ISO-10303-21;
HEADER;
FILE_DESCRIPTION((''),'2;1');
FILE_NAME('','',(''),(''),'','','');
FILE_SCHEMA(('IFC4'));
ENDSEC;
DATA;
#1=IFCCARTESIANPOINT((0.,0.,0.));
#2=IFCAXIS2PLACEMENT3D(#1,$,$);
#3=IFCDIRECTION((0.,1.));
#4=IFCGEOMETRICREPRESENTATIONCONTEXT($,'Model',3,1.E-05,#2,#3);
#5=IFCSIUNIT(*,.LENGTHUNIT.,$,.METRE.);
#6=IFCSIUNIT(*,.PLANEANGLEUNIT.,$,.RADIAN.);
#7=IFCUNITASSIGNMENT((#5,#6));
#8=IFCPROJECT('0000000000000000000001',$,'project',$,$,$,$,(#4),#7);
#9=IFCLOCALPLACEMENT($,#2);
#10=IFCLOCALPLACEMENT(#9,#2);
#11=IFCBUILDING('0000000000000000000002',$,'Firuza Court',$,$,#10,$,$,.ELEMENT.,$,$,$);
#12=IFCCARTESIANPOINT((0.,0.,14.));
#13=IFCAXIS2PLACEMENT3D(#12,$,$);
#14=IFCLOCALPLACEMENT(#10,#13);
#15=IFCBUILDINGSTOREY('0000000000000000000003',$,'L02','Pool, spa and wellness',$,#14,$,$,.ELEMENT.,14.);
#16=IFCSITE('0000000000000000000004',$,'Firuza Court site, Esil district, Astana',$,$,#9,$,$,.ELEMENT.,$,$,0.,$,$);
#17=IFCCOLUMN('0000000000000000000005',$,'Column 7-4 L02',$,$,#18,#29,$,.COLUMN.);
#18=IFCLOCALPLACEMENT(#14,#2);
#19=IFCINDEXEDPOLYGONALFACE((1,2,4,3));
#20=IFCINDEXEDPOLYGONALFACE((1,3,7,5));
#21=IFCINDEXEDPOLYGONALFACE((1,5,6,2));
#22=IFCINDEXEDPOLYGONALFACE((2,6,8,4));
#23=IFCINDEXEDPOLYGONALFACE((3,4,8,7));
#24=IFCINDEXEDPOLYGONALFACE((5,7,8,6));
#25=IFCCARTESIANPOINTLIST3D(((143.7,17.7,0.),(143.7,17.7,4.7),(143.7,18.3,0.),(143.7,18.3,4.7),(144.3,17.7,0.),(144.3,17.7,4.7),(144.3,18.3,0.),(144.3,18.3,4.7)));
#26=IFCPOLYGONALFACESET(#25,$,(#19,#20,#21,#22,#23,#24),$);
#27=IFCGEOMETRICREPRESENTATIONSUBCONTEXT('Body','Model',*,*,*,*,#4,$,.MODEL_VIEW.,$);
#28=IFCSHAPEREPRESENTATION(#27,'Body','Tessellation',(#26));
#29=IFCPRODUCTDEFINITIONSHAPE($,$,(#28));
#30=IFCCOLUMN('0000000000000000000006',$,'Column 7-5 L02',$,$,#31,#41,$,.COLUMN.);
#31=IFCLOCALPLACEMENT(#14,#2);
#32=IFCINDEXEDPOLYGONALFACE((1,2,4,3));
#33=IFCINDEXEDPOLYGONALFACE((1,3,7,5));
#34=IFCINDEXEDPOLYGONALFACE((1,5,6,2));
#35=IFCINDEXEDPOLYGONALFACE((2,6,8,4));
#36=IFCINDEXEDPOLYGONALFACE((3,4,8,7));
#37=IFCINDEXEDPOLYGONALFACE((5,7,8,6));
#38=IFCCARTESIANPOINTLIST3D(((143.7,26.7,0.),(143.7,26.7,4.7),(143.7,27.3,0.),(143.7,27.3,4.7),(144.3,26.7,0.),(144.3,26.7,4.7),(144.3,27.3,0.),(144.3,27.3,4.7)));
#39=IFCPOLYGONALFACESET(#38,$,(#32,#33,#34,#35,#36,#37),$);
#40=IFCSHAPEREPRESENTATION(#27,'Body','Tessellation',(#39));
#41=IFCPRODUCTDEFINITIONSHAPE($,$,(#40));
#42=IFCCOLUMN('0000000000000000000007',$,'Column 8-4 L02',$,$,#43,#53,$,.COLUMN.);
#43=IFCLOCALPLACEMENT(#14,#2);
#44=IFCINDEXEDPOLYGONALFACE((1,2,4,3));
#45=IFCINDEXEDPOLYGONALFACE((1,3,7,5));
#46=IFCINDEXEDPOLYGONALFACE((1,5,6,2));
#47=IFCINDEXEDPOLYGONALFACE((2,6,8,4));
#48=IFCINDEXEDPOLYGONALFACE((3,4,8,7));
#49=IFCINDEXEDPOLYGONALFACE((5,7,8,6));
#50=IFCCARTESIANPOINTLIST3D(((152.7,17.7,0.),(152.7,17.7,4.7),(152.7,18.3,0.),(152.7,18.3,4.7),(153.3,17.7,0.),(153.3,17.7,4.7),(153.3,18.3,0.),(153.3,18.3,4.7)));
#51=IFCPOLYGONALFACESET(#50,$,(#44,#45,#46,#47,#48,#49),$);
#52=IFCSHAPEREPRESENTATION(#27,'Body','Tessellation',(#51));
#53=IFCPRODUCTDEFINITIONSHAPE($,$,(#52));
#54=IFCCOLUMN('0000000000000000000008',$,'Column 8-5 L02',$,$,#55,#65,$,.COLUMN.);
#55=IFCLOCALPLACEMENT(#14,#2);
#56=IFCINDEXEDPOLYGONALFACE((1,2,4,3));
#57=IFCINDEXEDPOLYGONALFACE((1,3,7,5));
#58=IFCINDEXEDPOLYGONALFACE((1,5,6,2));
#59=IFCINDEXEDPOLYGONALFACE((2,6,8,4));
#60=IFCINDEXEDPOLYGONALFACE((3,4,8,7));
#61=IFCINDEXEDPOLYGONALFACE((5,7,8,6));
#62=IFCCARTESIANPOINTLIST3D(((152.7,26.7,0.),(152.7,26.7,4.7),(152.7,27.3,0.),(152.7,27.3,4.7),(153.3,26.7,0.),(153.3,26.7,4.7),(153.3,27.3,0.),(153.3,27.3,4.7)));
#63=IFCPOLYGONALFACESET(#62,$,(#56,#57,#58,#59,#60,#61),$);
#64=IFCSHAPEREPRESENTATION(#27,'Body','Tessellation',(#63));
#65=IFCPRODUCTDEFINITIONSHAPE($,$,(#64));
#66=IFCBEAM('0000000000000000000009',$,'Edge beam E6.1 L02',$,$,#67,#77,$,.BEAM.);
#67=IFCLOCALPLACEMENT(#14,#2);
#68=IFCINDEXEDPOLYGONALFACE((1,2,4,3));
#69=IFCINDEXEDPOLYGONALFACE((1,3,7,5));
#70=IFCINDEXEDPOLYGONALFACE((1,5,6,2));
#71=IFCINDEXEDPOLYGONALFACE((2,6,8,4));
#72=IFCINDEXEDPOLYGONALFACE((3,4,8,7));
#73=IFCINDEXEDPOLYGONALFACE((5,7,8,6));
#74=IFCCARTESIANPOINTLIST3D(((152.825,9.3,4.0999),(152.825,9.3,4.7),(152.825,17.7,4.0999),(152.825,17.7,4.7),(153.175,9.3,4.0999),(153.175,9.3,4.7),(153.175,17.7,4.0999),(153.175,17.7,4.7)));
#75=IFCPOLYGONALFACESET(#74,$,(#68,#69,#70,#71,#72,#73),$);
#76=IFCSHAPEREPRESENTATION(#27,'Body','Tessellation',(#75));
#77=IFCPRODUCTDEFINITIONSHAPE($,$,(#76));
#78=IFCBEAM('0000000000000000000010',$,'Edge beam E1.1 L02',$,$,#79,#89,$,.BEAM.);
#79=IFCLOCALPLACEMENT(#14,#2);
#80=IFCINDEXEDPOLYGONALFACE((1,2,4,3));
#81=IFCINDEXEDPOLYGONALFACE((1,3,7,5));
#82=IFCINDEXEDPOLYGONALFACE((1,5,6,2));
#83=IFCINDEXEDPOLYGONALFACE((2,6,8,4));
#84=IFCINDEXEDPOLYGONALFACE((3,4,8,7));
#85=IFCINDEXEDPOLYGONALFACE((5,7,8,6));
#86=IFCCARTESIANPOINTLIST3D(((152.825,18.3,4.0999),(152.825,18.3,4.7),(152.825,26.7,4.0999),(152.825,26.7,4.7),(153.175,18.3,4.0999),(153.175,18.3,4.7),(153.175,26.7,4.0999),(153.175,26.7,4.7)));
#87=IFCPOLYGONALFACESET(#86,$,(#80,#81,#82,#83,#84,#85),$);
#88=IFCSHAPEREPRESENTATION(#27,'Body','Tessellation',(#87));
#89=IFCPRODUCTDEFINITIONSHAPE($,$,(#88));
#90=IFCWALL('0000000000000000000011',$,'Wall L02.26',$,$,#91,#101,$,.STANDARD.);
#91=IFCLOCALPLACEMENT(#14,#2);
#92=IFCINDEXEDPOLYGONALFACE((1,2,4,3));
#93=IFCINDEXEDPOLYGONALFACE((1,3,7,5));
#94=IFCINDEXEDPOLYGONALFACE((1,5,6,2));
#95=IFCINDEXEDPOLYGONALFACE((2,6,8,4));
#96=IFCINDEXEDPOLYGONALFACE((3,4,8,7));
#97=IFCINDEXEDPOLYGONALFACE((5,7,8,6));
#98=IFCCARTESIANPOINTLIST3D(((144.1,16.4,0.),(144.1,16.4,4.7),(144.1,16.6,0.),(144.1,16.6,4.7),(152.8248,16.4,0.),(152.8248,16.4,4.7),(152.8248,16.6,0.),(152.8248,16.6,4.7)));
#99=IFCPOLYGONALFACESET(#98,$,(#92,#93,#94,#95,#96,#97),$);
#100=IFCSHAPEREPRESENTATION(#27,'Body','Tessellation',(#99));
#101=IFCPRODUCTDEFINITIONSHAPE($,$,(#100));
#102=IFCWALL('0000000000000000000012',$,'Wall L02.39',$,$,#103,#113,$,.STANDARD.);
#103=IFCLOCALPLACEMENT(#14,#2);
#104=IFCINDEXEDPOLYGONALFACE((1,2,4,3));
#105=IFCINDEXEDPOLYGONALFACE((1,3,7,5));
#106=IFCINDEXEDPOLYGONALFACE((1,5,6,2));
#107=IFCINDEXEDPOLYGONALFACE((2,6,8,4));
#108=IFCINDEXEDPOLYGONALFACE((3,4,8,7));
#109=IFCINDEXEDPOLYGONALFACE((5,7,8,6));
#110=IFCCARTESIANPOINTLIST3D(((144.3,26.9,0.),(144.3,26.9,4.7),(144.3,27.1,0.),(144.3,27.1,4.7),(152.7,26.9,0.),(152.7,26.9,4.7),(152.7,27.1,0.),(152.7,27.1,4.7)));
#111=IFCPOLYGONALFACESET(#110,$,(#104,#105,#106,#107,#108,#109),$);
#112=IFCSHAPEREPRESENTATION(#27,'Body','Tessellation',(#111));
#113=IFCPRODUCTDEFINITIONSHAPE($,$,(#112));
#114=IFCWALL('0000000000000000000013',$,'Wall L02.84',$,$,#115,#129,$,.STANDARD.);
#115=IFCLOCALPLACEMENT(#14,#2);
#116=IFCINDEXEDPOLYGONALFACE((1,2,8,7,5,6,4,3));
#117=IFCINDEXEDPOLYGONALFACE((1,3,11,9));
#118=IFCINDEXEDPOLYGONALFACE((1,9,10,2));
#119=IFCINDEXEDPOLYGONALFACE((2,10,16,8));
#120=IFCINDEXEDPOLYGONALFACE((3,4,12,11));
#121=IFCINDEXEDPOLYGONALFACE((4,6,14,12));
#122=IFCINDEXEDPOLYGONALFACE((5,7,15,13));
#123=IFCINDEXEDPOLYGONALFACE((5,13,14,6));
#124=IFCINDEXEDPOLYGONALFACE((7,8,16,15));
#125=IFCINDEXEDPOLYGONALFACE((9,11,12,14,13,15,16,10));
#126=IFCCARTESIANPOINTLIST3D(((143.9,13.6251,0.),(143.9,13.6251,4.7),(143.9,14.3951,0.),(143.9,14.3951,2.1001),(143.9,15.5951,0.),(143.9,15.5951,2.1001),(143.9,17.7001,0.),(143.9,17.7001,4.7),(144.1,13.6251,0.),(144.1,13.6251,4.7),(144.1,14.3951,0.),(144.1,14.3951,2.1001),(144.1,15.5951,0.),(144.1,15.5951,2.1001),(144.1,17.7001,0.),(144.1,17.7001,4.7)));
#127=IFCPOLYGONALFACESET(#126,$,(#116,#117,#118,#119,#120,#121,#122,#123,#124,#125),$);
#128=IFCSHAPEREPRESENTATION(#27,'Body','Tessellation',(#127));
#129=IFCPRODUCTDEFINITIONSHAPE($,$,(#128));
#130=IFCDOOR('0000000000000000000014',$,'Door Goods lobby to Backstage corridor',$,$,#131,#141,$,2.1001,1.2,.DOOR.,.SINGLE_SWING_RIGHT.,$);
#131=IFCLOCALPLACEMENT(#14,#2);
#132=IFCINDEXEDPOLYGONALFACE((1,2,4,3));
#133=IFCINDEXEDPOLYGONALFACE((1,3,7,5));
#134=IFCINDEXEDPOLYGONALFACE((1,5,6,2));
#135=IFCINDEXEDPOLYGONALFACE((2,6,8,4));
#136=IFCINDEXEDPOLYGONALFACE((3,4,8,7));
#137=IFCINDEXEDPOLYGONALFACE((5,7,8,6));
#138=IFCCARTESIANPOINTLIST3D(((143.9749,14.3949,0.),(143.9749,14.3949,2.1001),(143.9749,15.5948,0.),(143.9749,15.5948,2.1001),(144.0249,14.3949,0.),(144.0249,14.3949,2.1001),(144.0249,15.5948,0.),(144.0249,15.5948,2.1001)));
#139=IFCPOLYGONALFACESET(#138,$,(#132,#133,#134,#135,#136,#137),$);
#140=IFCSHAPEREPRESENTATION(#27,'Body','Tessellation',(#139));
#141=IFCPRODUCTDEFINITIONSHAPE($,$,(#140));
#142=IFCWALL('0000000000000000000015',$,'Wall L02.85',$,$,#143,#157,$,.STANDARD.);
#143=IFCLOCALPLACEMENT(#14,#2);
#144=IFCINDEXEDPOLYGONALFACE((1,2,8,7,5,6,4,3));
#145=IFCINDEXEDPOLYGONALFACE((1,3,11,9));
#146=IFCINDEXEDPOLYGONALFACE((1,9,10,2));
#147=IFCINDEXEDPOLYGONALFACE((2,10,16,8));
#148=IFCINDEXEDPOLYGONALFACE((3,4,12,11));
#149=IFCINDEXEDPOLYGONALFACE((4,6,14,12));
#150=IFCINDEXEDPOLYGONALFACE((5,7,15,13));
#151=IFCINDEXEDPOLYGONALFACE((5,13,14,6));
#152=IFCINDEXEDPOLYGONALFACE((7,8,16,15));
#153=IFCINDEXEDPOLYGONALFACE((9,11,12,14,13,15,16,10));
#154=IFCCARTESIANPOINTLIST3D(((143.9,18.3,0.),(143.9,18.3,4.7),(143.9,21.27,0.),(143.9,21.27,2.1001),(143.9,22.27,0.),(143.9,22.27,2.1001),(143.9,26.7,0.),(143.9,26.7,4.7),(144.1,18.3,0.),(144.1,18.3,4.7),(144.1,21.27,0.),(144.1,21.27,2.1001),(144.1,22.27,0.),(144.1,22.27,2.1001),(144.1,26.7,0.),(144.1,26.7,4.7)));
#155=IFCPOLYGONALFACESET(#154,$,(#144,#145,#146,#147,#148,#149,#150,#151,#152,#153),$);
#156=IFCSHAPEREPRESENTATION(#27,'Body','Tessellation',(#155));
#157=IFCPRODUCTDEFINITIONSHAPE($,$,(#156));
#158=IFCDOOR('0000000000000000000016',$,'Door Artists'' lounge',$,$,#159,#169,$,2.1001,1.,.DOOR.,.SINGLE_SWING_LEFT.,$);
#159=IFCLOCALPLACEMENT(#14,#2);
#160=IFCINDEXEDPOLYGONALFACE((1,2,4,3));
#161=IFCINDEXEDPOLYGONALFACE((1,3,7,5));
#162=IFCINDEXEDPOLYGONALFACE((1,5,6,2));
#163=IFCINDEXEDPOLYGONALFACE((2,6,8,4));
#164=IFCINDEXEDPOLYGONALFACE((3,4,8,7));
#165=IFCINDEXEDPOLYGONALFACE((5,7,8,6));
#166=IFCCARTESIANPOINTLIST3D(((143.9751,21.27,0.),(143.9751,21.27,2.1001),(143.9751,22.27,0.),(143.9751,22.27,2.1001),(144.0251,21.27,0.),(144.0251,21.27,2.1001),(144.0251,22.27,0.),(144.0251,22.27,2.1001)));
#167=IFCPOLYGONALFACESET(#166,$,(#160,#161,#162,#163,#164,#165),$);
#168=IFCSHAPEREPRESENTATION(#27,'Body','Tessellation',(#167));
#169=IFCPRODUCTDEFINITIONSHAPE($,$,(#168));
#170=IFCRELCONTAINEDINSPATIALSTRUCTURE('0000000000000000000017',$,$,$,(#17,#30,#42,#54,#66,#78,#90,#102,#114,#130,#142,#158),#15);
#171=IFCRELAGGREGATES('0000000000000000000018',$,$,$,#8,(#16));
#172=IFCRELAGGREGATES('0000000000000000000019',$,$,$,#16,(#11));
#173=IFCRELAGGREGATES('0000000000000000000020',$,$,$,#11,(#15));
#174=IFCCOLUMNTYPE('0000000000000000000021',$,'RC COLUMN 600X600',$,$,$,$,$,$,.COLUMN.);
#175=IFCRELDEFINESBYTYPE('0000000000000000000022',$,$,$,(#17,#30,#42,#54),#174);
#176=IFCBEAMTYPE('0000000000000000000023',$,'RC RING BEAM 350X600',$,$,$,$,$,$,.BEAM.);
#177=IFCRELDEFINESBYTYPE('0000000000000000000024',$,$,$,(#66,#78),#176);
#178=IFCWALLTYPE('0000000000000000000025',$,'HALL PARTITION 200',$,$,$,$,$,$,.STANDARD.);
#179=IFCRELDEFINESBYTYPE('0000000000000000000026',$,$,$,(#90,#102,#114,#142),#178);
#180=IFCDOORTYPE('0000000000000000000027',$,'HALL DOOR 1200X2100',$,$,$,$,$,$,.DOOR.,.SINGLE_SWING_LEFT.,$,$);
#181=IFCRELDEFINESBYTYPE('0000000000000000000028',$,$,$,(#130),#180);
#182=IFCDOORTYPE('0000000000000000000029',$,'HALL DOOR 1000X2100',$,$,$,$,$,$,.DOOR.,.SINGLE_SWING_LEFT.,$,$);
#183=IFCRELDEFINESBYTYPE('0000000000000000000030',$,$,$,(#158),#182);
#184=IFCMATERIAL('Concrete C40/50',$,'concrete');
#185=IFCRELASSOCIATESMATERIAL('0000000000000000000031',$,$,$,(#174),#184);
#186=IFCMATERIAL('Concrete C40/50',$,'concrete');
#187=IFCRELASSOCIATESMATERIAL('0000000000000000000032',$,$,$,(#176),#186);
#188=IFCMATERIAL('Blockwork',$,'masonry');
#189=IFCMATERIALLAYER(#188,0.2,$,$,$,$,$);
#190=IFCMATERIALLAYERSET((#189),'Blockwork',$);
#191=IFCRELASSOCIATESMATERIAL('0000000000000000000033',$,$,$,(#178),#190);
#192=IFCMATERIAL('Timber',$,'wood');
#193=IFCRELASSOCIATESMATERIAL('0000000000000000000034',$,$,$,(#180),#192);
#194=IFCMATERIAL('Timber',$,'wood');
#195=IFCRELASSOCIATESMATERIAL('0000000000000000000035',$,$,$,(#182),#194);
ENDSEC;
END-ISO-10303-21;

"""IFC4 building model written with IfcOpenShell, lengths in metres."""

from ifc_helpers import new_model, si_unit, direction, frame, frame_2d, origin, origin_2d, place, context, subcontext, project, spatial, rectangle, extrude, material, layer, layer_set, material_profile, profile_set, type_object, element, fill, save


model = new_model("IFC4")

# Units and contexts
model_context = context("Model", 3, precision=1e-05, world=origin(), true_north=direction((0.0, 1.0)))
body_context = subcontext(model_context, "Body", "Model", "MODEL_VIEW")
ifc_project = project(units=[si_unit("LENGTHUNIT", "METRE"), si_unit("PLANEANGLEUNIT", "RADIAN")], contexts=[model_context])

# Site, building, storey
site_placement = place(None, origin())
site = spatial("IfcSite", under=ifc_project, at=site_placement, Name="Firuza Court site, Esil district, Astana", CompositionType="ELEMENT", RefElevation=0.0)
building_placement = place(site_placement, origin())
building = spatial("IfcBuilding", under=site, at=building_placement, Name="Firuza Court", CompositionType="ELEMENT")
storey_placement = place(building_placement, frame((0.0, 0.0, 14.0)))
storey = spatial("IfcBuildingStorey", under=building, at=storey_placement, Name="L02", Description="Pool, spa and wellness", CompositionType="ELEMENT", Elevation=14.0)

# Columns
ifc_material_1 = material(Name="Concrete C40/50", Category="concrete")
ifc_material_profile_1 = material_profile(ifc_material_1, rectangle(XDim=0.6001, YDim=0.6001, at=origin_2d()), Name="RC 600X600")
ifc_profile_set_1 = profile_set([ifc_material_profile_1], Name="Concrete C40/50")
column_type = type_object("IfcColumnType", Name="RC COLUMN 600X600", PredefinedType="COLUMN", material=ifc_profile_set_1)
for number, where, z_axis, x_axis, name in (
    (1, (144.0, 18.0, 0.0), (0.0, 0.0, 1.0), (1.0, 0.0, 0.0), "Column 7-4 L02"),
    (2, (144.0, 27.0, 0.0), (0.0, 0.0, 1.0), (1.0, 0.0, 0.0), "Column 7-5 L02"),
    (3, (153.0, 18.0, 0.0), (0.0, 0.0, 1.0), (1.0, 0.0, 0.0), "Column 8-4 L02"),
    (4, (153.0, 27.0, 0.0), (0.0, 0.0, 1.0), (1.0, 0.0, 0.0), "Column 8-5 L02"),
):
    element("IfcColumn", number, at=place(storey_placement, frame(where, z_axis=z_axis, x_axis=x_axis)), inside=storey, type_object=column_type, Name=name, PredefinedType="COLUMN", context=body_context, shape_type="SweptSolid", body=[
        extrude(rectangle(XDim=0.6001, YDim=0.6001, at=origin_2d()), origin(), (0.0, 0.0, 1.0), 4.7),
    ])

# Beams
ifc_material_2 = material(Name="Concrete C40/50", Category="concrete")
ifc_material_profile_2 = material_profile(ifc_material_2, rectangle(XDim=0.3501, YDim=0.6001, at=origin_2d()), Name="RC 350X600")
ifc_profile_set_2 = profile_set([ifc_material_profile_2], Name="Concrete C40/50")
beam_type = type_object("IfcBeamType", Name="RC RING BEAM 350X600", PredefinedType="BEAM", material=ifc_profile_set_2)
for number, where, z_axis, x_axis, name in (
    (5, (153.0, 9.3, 4.3999), (0.0, 1.0, 0.0), (-1.0, 0.0, 0.0), "Edge beam E6.1 L02"),
    (6, (153.0, 18.3, 4.3999), (0.0, 1.0, 0.0), (-1.0, 0.0, 0.0), "Edge beam E1.1 L02"),
):
    element("IfcBeam", number, at=place(storey_placement, frame(where, z_axis=z_axis, x_axis=x_axis)), inside=storey, type_object=beam_type, Name=name, PredefinedType="BEAM", context=body_context, shape_type="SweptSolid", body=[
        extrude(rectangle(XDim=0.3501, YDim=0.6001, at=origin_2d()), origin(), (0.0, 0.0, 1.0), 8.3999),
    ])

# Walls
ifc_material_3 = material(Name="Blockwork", Category="masonry")
ifc_layer_1 = layer(ifc_material_3, 0.2)
ifc_layer_set_1 = layer_set([ifc_layer_1], Name="Blockwork")
wall_type_1 = type_object("IfcWallType", Name="HALL PARTITION 200", PredefinedType="STANDARD", material=ifc_layer_set_1)
wall_1_placement = place(storey_placement, frame((144.1001, 16.5, 0.0), z_axis=(0.0, 0.0, 1.0), x_axis=(1.0, 0.0, 0.0)))
element("IfcWall", 7, at=wall_1_placement, inside=storey, type_object=wall_type_1, Name="Wall L02.26", PredefinedType="STANDARD", context=body_context, shape_type="SweptSolid", body=[
    extrude(rectangle(XDim=8.7249, YDim=0.2, at=frame_2d((4.3623, 0.0))), origin(), (0.0, 0.0, 1.0), 4.7),
])
wall_2_placement = place(storey_placement, frame((144.3, 27.0, 0.0), z_axis=(0.0, 0.0, 1.0), x_axis=(1.0, 0.0, 0.0)))
element("IfcWall", 8, at=wall_2_placement, inside=storey, type_object=wall_type_1, Name="Wall L02.39", PredefinedType="STANDARD", context=body_context, shape_type="SweptSolid", body=[
    extrude(rectangle(XDim=8.3999, YDim=0.2, at=frame_2d((4.2, 0.0))), origin(), (0.0, 0.0, 1.0), 4.7),
])

# Walls, openings, doors
wall_3_placement = place(storey_placement, frame((144.0, 13.625, 0.0), z_axis=(0.0, 0.0, 1.0), x_axis=(0.0, 1.0, 0.0)))
wall_3 = element("IfcWall", 9, at=wall_3_placement, inside=storey, type_object=wall_type_1, Name="Wall L02.84", PredefinedType="STANDARD", context=body_context, shape_type="SweptSolid", body=[
    extrude(rectangle(XDim=4.075, YDim=0.2, at=frame_2d((2.0376, 0.0))), origin(), (0.0, 0.0, 1.0), 4.7),
])
opening_1_placement = place(wall_3_placement, frame((0.77, 0.0, 0.0)))
opening_1 = element("IfcOpeningElement", 10, at=opening_1_placement, cuts=wall_3, PredefinedType="OPENING", context=body_context, shape_type="SweptSolid", body=[
    extrude(rectangle(XDim=1.2, YDim=2.1001, at=frame_2d((0.6001, 1.05))), frame((0.0, 0.1118, 0.0), z_axis=(0.0, -1.0, 0.0), x_axis=(1.0, 0.0, 0.0)), (0.0, 0.0, 1.0), 0.2239),
])
ifc_material_4 = material(Name="Timber", Category="wood")
door_type_1 = type_object("IfcDoorType", Name="HALL DOOR 1200X2100", OperationType="SINGLE_SWING_LEFT", PredefinedType="DOOR", material=ifc_material_4)
door_1_placement = place(opening_1_placement, frame((1.2, 0.0, 0.0), z_axis=(0.0, 0.0, 1.0), x_axis=(-1.0, 0.0, 0.0)))
door_1 = element("IfcDoor", 11, at=door_1_placement, inside=storey, type_object=door_type_1, Name="Door Goods lobby to Backstage corridor", OperationType="SINGLE_SWING_RIGHT", OverallHeight=2.1001, OverallWidth=1.2, PredefinedType="DOOR", context=body_context, shape_type="SweptSolid", body=[
    extrude(rectangle(XDim=1.2, YDim=2.1001, at=frame_2d((0.6001, 1.05))), frame((0.0, 0.0249, 0.0), z_axis=(0.0, -1.0, 0.0), x_axis=(1.0, 0.0, 0.0)), (0.0, 0.0, 1.0), 0.05),
])
fill(opening_1, door_1)
wall_4_placement = place(storey_placement, frame((144.0, 18.3, 0.0), z_axis=(0.0, 0.0, 1.0), x_axis=(0.0, 1.0, 0.0)))
wall_4 = element("IfcWall", 12, at=wall_4_placement, inside=storey, type_object=wall_type_1, Name="Wall L02.85", PredefinedType="STANDARD", context=body_context, shape_type="SweptSolid", body=[
    extrude(rectangle(XDim=8.3999, YDim=0.2, at=frame_2d((4.2, 0.0))), origin(), (0.0, 0.0, 1.0), 4.7),
])
opening_2_placement = place(wall_4_placement, frame((2.97, 0.0, 0.0)))
opening_2 = element("IfcOpeningElement", 13, at=opening_2_placement, cuts=wall_4, PredefinedType="OPENING", context=body_context, shape_type="SweptSolid", body=[
    extrude(rectangle(XDim=1.0, YDim=2.1001, at=frame_2d((0.5, 1.05))), frame((0.0, 0.1118, 0.0), z_axis=(0.0, -1.0, 0.0), x_axis=(1.0, 0.0, 0.0)), (0.0, 0.0, 1.0), 0.2239),
])
ifc_material_5 = material(Name="Timber", Category="wood")
door_type_2 = type_object("IfcDoorType", Name="HALL DOOR 1000X2100", OperationType="SINGLE_SWING_LEFT", PredefinedType="DOOR", material=ifc_material_5)
door_2_placement = place(opening_2_placement, origin())
door_2 = element("IfcDoor", 14, at=door_2_placement, inside=storey, type_object=door_type_2, Name="Door Artists' lounge", OperationType="SINGLE_SWING_LEFT", OverallHeight=2.1001, OverallWidth=1.0, PredefinedType="DOOR", context=body_context, shape_type="SweptSolid", body=[
    extrude(rectangle(XDim=1.0, YDim=2.1001, at=frame_2d((0.5, 1.05))), frame((0.0, 0.0249, 0.0), z_axis=(0.0, -1.0, 0.0), x_axis=(1.0, 0.0, 0.0)), (0.0, 0.0, 1.0), 0.05),
])
fill(opening_2, door_2)

save(model, "model.ifc")
